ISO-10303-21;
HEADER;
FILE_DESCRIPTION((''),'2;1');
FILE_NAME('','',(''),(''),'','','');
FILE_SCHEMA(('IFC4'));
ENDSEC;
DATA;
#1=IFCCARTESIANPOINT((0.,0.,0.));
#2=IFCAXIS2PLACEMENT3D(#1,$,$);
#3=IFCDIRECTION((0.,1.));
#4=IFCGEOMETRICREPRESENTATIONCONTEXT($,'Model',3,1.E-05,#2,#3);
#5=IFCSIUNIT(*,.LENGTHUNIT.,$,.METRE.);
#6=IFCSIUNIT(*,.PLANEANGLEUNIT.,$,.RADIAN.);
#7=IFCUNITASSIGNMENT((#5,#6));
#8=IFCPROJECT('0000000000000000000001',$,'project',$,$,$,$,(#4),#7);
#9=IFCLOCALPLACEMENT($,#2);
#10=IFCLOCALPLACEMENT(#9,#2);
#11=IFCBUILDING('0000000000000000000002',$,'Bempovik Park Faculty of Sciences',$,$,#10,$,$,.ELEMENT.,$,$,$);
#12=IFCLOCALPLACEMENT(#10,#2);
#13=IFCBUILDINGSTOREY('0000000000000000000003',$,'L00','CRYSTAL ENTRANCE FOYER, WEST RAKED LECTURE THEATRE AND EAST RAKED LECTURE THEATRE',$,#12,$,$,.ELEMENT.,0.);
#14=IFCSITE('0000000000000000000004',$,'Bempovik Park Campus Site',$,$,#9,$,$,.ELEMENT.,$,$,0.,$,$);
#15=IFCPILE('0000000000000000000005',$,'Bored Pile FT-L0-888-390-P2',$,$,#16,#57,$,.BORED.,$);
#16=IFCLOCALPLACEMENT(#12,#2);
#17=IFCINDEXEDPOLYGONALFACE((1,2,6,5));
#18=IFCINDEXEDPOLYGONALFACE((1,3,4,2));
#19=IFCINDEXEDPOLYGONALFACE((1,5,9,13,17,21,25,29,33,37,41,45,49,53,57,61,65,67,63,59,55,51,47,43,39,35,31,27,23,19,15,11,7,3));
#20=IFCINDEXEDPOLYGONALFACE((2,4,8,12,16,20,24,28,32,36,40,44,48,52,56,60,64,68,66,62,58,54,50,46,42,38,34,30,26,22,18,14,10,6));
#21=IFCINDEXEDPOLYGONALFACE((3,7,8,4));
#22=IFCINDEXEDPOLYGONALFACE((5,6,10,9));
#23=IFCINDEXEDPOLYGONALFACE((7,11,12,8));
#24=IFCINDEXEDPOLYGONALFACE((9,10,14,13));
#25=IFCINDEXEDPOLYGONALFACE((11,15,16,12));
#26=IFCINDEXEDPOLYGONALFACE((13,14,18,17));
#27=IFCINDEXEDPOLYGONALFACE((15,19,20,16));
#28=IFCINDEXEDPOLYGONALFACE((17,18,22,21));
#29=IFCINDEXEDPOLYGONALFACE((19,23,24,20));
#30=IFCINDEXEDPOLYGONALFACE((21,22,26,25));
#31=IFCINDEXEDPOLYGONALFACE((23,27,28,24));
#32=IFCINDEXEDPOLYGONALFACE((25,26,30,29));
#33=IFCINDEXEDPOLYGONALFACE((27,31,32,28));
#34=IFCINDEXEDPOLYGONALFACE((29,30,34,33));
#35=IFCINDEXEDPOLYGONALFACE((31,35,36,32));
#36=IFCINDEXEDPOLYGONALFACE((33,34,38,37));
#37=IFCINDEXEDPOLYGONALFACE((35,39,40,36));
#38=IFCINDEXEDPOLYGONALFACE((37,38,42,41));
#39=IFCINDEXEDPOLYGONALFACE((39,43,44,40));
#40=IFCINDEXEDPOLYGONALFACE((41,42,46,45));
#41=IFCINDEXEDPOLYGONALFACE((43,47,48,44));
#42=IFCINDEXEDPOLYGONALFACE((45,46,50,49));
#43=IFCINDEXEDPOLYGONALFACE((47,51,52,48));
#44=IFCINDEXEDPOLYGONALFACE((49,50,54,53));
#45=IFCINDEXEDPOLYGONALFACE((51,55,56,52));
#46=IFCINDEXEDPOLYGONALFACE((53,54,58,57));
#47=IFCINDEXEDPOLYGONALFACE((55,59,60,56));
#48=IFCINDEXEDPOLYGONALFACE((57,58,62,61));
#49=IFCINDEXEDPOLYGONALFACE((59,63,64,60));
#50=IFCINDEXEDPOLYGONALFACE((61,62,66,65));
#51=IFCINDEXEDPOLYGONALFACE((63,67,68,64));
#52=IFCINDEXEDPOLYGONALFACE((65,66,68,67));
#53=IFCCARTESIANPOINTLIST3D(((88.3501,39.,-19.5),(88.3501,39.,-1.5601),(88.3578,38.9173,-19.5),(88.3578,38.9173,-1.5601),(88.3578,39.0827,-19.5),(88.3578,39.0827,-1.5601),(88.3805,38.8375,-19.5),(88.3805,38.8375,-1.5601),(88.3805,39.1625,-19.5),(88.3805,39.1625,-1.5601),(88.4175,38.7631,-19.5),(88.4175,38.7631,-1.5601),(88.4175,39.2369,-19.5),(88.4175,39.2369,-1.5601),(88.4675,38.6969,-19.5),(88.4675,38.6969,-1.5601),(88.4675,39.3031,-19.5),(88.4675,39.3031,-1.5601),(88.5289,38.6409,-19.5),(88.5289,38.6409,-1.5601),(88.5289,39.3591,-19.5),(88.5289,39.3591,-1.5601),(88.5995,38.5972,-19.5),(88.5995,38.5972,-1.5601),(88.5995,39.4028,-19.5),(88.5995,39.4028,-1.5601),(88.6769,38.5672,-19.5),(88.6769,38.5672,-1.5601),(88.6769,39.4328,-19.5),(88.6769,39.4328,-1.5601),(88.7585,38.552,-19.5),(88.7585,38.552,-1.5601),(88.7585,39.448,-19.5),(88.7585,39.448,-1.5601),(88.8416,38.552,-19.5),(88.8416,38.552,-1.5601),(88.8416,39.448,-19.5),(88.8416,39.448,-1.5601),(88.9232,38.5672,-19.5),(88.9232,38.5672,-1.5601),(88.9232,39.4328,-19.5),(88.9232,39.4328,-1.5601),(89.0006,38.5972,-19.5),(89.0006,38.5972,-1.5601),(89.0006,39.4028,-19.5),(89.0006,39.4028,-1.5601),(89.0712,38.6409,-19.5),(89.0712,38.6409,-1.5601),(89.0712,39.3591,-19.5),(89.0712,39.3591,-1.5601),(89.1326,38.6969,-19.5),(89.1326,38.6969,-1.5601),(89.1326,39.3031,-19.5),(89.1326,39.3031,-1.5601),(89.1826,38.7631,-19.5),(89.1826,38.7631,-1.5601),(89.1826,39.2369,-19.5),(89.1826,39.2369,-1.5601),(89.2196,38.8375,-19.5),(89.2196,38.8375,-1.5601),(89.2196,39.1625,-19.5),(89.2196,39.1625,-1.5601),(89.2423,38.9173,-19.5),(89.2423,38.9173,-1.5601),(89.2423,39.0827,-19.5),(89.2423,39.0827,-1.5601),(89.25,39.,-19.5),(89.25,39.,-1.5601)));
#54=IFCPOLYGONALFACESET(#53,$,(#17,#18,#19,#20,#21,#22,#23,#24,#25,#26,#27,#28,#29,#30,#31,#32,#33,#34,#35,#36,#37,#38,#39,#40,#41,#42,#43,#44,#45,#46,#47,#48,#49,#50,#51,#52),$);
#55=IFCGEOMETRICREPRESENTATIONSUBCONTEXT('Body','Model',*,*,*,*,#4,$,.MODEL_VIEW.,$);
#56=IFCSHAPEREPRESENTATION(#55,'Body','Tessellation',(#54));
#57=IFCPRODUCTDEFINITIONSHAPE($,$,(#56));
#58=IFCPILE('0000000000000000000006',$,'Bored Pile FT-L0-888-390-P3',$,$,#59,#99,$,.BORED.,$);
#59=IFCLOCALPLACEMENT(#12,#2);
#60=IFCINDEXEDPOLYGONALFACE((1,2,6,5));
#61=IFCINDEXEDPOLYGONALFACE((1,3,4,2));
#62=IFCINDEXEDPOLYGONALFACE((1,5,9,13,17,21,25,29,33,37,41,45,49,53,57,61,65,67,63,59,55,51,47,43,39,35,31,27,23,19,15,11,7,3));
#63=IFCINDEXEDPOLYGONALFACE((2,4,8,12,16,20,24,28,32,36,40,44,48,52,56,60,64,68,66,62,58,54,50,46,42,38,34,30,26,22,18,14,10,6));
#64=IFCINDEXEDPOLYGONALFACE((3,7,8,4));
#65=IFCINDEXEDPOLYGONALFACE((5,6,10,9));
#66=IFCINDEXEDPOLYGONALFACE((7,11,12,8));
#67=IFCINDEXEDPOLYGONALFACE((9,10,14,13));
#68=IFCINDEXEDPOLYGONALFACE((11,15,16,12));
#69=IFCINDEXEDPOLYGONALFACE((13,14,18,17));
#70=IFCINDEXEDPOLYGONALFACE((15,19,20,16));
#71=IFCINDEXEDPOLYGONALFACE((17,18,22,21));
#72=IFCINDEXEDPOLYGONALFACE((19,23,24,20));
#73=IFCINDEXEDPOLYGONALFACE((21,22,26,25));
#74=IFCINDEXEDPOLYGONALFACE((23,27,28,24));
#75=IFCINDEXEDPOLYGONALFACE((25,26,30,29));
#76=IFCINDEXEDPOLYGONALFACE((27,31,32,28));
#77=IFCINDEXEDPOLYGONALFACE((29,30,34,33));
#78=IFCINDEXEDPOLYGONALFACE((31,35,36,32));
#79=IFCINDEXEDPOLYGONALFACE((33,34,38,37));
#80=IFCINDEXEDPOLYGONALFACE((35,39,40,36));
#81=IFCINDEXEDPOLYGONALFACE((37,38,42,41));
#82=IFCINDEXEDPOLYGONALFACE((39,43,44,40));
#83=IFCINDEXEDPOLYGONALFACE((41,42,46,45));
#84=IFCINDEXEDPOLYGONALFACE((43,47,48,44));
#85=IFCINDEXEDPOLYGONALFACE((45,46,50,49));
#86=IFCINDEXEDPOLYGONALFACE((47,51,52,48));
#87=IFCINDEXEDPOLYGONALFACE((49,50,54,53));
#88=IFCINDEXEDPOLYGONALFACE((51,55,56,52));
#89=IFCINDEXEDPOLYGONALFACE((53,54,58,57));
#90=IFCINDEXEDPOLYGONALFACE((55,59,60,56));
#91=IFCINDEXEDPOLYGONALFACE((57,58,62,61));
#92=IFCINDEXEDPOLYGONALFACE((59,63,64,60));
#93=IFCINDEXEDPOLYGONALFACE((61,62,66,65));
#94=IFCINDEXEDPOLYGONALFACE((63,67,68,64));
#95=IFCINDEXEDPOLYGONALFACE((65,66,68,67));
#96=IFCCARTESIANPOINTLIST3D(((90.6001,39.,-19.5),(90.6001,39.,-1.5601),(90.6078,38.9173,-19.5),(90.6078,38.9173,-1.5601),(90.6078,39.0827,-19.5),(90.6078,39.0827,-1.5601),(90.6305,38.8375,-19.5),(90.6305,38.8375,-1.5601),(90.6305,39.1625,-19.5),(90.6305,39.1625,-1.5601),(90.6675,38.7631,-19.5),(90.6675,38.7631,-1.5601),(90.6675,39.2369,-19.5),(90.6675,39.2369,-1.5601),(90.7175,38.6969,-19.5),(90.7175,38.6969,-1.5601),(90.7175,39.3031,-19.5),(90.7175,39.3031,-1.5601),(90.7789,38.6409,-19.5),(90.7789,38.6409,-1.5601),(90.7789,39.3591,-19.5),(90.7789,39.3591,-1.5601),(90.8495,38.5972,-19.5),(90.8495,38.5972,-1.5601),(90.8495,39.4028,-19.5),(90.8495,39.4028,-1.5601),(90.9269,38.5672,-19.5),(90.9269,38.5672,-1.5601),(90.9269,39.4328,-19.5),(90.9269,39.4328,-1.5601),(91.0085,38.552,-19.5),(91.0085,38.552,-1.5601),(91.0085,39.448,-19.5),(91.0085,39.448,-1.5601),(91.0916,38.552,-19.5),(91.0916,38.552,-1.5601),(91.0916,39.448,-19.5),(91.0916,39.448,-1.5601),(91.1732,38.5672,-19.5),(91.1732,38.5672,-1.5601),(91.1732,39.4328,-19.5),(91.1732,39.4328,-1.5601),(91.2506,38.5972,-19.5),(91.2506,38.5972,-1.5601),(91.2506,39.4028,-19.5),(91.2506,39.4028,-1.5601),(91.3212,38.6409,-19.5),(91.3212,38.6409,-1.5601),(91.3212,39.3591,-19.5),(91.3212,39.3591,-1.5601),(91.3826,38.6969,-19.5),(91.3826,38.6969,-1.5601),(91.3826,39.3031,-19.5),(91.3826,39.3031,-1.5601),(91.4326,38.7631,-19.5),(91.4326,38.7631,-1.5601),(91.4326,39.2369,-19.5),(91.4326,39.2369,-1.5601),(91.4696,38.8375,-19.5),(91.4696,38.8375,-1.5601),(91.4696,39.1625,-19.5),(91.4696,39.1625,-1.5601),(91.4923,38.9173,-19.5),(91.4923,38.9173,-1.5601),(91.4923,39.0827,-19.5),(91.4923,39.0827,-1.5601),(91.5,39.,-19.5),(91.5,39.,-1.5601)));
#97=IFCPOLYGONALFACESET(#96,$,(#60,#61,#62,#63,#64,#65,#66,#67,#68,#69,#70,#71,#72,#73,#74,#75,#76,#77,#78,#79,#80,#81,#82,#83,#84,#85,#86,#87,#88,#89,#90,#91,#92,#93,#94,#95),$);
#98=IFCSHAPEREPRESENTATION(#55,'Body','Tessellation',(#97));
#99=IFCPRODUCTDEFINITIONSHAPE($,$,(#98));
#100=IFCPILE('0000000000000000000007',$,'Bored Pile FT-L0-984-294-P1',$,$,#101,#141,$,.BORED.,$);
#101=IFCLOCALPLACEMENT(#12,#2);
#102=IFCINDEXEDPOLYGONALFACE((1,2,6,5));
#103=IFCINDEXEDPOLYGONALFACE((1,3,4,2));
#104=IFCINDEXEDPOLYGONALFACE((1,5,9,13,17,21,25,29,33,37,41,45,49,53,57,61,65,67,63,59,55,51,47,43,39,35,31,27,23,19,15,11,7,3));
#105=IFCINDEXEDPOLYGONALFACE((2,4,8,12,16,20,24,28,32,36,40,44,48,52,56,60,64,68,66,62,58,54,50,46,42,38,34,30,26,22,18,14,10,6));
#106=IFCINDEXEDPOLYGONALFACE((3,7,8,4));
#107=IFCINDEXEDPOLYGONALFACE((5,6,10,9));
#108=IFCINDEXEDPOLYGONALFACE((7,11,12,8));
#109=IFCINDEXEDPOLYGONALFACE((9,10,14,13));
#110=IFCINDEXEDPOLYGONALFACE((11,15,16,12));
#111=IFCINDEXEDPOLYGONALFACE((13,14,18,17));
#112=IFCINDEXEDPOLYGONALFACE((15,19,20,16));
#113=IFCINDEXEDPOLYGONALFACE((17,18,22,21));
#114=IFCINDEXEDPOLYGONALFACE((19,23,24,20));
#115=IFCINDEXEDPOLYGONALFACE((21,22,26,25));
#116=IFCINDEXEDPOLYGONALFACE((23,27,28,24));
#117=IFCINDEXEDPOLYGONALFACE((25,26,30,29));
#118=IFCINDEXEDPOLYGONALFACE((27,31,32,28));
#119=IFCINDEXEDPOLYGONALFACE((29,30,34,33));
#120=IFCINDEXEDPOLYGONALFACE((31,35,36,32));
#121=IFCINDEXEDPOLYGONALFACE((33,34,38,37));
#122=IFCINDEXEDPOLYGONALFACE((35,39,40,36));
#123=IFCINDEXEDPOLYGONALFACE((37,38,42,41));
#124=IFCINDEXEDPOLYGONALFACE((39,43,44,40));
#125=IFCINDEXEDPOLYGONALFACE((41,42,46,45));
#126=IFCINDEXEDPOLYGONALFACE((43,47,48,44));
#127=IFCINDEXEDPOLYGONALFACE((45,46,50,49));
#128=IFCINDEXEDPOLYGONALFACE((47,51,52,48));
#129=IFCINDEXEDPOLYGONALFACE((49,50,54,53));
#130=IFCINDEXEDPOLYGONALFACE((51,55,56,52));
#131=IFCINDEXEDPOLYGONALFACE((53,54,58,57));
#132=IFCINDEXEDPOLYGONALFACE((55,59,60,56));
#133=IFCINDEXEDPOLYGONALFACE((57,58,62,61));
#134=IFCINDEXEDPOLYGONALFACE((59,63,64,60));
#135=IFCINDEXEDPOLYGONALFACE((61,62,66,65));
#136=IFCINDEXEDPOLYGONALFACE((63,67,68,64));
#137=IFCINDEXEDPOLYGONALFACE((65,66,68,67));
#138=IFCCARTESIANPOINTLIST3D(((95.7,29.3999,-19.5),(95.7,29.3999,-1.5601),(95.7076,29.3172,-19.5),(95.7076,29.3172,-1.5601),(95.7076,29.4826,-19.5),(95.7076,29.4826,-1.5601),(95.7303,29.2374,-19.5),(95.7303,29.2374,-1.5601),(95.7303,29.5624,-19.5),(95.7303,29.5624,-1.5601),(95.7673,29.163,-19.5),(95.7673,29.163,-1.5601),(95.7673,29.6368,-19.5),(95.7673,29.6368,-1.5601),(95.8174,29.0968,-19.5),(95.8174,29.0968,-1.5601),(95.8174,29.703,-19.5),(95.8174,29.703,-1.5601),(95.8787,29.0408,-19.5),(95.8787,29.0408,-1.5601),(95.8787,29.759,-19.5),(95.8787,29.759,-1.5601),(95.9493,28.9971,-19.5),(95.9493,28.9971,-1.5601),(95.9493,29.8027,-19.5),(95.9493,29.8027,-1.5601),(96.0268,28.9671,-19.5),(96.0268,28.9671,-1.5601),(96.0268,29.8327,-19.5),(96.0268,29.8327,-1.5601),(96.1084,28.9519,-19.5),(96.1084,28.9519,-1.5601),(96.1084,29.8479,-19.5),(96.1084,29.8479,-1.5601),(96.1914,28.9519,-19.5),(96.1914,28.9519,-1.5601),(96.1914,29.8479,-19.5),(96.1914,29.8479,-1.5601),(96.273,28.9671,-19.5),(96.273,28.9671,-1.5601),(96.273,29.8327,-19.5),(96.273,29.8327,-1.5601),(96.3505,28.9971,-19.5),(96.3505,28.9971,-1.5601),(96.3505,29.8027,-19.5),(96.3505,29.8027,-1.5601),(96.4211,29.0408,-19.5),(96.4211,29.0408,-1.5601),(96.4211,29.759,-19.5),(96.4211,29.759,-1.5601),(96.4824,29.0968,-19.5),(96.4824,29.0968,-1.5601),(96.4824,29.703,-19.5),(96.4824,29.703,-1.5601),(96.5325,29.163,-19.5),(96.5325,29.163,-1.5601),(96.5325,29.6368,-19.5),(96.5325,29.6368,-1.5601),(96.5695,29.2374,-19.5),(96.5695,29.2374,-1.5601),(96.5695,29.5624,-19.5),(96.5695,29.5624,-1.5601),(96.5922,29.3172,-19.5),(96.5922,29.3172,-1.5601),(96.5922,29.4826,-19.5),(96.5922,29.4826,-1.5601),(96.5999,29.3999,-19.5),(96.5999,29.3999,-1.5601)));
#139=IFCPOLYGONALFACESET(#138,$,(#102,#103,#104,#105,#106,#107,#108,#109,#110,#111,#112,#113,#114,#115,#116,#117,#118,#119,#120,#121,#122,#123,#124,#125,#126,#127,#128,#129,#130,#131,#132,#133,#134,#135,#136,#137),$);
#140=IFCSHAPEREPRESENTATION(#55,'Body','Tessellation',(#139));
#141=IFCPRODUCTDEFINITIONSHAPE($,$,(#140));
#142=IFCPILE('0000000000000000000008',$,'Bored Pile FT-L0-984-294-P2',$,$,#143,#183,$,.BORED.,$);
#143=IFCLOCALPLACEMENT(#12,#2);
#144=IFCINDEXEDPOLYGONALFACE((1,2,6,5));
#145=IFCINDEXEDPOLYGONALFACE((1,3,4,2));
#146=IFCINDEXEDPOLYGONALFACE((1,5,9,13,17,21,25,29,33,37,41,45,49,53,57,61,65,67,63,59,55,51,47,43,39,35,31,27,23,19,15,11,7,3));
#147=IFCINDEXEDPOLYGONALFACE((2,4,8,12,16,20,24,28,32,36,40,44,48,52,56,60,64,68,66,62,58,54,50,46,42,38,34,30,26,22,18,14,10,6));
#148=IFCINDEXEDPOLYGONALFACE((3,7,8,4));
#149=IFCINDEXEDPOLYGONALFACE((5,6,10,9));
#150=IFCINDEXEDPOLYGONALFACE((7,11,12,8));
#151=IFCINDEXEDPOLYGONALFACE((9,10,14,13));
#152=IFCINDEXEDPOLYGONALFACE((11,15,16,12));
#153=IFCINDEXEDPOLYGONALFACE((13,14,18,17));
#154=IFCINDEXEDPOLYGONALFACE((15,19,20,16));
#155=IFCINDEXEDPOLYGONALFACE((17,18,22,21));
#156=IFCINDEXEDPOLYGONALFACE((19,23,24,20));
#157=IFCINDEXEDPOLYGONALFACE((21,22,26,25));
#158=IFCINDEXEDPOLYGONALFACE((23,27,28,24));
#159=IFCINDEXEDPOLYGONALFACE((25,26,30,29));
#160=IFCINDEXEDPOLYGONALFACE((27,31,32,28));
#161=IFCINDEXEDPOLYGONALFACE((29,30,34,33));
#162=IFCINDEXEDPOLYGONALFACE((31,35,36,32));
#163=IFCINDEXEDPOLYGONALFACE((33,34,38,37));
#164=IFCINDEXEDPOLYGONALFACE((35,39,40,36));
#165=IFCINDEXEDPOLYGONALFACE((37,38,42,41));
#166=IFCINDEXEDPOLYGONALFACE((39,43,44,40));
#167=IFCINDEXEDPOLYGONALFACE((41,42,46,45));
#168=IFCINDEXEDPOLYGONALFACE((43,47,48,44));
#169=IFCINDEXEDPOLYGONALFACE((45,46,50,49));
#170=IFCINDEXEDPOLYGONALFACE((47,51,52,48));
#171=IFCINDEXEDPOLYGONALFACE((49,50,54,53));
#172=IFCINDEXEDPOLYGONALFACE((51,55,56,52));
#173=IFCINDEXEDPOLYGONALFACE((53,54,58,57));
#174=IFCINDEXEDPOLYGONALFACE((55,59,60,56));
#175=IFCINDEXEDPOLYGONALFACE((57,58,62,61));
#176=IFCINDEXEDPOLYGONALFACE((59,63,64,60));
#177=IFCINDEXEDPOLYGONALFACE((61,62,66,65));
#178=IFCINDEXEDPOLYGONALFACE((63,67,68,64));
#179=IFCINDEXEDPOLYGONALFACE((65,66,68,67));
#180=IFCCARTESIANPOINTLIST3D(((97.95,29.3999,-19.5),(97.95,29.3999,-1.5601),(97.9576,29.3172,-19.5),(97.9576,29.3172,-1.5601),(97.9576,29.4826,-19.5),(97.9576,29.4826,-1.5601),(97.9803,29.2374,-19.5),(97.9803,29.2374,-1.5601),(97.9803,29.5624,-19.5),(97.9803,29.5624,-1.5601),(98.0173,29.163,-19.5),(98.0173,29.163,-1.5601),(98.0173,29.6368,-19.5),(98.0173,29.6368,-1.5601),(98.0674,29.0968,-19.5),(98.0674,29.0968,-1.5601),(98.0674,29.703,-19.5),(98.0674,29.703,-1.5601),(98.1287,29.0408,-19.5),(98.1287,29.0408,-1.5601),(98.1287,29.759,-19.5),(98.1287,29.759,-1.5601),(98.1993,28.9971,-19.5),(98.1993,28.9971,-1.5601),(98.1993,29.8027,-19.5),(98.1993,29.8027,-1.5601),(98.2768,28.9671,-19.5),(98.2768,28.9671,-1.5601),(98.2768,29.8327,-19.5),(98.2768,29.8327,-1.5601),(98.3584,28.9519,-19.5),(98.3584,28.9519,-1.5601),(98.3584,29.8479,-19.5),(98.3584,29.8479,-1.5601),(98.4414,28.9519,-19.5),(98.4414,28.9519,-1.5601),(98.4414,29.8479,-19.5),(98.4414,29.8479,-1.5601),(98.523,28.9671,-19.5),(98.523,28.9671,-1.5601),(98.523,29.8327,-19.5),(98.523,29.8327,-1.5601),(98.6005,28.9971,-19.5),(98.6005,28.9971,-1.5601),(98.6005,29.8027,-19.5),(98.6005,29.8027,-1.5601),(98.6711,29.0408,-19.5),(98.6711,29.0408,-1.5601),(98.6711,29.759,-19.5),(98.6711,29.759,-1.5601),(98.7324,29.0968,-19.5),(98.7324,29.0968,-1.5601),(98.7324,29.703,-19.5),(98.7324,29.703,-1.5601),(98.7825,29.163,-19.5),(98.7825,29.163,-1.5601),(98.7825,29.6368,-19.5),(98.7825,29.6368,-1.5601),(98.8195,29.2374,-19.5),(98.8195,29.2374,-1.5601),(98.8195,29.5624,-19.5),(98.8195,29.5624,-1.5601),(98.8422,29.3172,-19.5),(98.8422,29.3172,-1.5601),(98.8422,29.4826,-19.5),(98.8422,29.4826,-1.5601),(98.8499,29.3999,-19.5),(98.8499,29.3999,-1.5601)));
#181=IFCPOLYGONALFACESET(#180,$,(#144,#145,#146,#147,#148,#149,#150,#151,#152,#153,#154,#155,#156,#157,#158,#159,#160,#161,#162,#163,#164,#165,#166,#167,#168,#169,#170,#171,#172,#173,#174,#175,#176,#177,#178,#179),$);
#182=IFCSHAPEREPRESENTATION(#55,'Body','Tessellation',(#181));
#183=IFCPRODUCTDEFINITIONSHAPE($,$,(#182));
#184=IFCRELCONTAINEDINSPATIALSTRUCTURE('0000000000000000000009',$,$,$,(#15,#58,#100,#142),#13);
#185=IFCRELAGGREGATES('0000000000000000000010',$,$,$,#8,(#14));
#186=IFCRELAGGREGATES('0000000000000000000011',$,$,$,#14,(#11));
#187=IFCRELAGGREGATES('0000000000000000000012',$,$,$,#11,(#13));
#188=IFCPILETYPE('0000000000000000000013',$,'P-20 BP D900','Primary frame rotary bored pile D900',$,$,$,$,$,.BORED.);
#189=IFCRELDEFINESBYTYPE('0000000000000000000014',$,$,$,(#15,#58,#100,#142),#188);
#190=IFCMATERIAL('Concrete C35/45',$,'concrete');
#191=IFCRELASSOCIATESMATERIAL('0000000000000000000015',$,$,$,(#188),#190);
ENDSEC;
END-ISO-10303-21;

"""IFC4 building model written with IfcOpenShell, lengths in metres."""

from ifc_helpers import new_model, si_unit, direction, frame, origin, origin_2d, place, context, subcontext, project, spatial, circle, extrude, material, material_profile, profile_set, type_object, element, save


model = new_model("IFC4")

# Units and contexts
model_context = context("Model", 3, precision=1e-05, world=origin(), true_north=direction((0.0, 1.0)))
body_context = subcontext(model_context, "Body", "Model", "MODEL_VIEW")
ifc_project = project(units=[si_unit("LENGTHUNIT", "METRE"), si_unit("PLANEANGLEUNIT", "RADIAN")], contexts=[model_context])

# Site, building, storey
site_placement = place(None, origin())
site = spatial("IfcSite", under=ifc_project, at=site_placement, Name="Bempovik Park Campus Site", CompositionType="ELEMENT", RefElevation=0.0)
building_placement = place(site_placement, origin())
building = spatial("IfcBuilding", under=site, at=building_placement, Name="Bempovik Park Faculty of Sciences", CompositionType="ELEMENT")
storey_placement = place(building_placement, origin())
storey = spatial("IfcBuildingStorey", under=building, at=storey_placement, Name="L00", Description="CRYSTAL ENTRANCE FOYER, WEST RAKED LECTURE THEATRE AND EAST RAKED LECTURE THEATRE", CompositionType="ELEMENT", Elevation=0.0)

# Shared definitions
ifc_material_1 = material(Name="Concrete C35/45", Category="concrete")

# Piles
ifc_material_profile_1 = material_profile(ifc_material_1, circle(Radius=0.45, at=origin_2d()), Name="BP D900")
ifc_profile_set_1 = profile_set([ifc_material_profile_1], Name="Concrete C35/45")
pile_type = type_object("IfcPileType", Name="P-20 BP D900", Description="Primary frame rotary bored pile D900", PredefinedType="BORED", material=ifc_profile_set_1)
for number, where, z_axis, x_axis, name in (
    (1, (88.8, 39.0, -1.5601), (0.0, 0.0, -1.0), (1.0, 0.0, 0.0), "Bored Pile FT-L0-888-390-P2"),
    (2, (91.05, 39.0, -1.5601), (0.0, 0.0, -1.0), (1.0, 0.0, 0.0), "Bored Pile FT-L0-888-390-P3"),
    (3, (96.1499, 29.3999, -1.5601), (0.0, 0.0, -1.0), (1.0, 0.0, 0.0), "Bored Pile FT-L0-984-294-P1"),
    (4, (98.3999, 29.3999, -1.5601), (0.0, 0.0, -1.0), (1.0, 0.0, 0.0), "Bored Pile FT-L0-984-294-P2"),
):
    element("IfcPile", number, at=place(storey_placement, frame(where, z_axis=z_axis, x_axis=x_axis)), inside=storey, type_object=pile_type, Name=name, PredefinedType="BORED", context=body_context, shape_type="SweptSolid", body=[
        extrude(circle(Radius=0.45, at=origin_2d()), origin(), (0.0, 0.0, 1.0), 17.9399),
    ])

save(model, "model.ifc")
